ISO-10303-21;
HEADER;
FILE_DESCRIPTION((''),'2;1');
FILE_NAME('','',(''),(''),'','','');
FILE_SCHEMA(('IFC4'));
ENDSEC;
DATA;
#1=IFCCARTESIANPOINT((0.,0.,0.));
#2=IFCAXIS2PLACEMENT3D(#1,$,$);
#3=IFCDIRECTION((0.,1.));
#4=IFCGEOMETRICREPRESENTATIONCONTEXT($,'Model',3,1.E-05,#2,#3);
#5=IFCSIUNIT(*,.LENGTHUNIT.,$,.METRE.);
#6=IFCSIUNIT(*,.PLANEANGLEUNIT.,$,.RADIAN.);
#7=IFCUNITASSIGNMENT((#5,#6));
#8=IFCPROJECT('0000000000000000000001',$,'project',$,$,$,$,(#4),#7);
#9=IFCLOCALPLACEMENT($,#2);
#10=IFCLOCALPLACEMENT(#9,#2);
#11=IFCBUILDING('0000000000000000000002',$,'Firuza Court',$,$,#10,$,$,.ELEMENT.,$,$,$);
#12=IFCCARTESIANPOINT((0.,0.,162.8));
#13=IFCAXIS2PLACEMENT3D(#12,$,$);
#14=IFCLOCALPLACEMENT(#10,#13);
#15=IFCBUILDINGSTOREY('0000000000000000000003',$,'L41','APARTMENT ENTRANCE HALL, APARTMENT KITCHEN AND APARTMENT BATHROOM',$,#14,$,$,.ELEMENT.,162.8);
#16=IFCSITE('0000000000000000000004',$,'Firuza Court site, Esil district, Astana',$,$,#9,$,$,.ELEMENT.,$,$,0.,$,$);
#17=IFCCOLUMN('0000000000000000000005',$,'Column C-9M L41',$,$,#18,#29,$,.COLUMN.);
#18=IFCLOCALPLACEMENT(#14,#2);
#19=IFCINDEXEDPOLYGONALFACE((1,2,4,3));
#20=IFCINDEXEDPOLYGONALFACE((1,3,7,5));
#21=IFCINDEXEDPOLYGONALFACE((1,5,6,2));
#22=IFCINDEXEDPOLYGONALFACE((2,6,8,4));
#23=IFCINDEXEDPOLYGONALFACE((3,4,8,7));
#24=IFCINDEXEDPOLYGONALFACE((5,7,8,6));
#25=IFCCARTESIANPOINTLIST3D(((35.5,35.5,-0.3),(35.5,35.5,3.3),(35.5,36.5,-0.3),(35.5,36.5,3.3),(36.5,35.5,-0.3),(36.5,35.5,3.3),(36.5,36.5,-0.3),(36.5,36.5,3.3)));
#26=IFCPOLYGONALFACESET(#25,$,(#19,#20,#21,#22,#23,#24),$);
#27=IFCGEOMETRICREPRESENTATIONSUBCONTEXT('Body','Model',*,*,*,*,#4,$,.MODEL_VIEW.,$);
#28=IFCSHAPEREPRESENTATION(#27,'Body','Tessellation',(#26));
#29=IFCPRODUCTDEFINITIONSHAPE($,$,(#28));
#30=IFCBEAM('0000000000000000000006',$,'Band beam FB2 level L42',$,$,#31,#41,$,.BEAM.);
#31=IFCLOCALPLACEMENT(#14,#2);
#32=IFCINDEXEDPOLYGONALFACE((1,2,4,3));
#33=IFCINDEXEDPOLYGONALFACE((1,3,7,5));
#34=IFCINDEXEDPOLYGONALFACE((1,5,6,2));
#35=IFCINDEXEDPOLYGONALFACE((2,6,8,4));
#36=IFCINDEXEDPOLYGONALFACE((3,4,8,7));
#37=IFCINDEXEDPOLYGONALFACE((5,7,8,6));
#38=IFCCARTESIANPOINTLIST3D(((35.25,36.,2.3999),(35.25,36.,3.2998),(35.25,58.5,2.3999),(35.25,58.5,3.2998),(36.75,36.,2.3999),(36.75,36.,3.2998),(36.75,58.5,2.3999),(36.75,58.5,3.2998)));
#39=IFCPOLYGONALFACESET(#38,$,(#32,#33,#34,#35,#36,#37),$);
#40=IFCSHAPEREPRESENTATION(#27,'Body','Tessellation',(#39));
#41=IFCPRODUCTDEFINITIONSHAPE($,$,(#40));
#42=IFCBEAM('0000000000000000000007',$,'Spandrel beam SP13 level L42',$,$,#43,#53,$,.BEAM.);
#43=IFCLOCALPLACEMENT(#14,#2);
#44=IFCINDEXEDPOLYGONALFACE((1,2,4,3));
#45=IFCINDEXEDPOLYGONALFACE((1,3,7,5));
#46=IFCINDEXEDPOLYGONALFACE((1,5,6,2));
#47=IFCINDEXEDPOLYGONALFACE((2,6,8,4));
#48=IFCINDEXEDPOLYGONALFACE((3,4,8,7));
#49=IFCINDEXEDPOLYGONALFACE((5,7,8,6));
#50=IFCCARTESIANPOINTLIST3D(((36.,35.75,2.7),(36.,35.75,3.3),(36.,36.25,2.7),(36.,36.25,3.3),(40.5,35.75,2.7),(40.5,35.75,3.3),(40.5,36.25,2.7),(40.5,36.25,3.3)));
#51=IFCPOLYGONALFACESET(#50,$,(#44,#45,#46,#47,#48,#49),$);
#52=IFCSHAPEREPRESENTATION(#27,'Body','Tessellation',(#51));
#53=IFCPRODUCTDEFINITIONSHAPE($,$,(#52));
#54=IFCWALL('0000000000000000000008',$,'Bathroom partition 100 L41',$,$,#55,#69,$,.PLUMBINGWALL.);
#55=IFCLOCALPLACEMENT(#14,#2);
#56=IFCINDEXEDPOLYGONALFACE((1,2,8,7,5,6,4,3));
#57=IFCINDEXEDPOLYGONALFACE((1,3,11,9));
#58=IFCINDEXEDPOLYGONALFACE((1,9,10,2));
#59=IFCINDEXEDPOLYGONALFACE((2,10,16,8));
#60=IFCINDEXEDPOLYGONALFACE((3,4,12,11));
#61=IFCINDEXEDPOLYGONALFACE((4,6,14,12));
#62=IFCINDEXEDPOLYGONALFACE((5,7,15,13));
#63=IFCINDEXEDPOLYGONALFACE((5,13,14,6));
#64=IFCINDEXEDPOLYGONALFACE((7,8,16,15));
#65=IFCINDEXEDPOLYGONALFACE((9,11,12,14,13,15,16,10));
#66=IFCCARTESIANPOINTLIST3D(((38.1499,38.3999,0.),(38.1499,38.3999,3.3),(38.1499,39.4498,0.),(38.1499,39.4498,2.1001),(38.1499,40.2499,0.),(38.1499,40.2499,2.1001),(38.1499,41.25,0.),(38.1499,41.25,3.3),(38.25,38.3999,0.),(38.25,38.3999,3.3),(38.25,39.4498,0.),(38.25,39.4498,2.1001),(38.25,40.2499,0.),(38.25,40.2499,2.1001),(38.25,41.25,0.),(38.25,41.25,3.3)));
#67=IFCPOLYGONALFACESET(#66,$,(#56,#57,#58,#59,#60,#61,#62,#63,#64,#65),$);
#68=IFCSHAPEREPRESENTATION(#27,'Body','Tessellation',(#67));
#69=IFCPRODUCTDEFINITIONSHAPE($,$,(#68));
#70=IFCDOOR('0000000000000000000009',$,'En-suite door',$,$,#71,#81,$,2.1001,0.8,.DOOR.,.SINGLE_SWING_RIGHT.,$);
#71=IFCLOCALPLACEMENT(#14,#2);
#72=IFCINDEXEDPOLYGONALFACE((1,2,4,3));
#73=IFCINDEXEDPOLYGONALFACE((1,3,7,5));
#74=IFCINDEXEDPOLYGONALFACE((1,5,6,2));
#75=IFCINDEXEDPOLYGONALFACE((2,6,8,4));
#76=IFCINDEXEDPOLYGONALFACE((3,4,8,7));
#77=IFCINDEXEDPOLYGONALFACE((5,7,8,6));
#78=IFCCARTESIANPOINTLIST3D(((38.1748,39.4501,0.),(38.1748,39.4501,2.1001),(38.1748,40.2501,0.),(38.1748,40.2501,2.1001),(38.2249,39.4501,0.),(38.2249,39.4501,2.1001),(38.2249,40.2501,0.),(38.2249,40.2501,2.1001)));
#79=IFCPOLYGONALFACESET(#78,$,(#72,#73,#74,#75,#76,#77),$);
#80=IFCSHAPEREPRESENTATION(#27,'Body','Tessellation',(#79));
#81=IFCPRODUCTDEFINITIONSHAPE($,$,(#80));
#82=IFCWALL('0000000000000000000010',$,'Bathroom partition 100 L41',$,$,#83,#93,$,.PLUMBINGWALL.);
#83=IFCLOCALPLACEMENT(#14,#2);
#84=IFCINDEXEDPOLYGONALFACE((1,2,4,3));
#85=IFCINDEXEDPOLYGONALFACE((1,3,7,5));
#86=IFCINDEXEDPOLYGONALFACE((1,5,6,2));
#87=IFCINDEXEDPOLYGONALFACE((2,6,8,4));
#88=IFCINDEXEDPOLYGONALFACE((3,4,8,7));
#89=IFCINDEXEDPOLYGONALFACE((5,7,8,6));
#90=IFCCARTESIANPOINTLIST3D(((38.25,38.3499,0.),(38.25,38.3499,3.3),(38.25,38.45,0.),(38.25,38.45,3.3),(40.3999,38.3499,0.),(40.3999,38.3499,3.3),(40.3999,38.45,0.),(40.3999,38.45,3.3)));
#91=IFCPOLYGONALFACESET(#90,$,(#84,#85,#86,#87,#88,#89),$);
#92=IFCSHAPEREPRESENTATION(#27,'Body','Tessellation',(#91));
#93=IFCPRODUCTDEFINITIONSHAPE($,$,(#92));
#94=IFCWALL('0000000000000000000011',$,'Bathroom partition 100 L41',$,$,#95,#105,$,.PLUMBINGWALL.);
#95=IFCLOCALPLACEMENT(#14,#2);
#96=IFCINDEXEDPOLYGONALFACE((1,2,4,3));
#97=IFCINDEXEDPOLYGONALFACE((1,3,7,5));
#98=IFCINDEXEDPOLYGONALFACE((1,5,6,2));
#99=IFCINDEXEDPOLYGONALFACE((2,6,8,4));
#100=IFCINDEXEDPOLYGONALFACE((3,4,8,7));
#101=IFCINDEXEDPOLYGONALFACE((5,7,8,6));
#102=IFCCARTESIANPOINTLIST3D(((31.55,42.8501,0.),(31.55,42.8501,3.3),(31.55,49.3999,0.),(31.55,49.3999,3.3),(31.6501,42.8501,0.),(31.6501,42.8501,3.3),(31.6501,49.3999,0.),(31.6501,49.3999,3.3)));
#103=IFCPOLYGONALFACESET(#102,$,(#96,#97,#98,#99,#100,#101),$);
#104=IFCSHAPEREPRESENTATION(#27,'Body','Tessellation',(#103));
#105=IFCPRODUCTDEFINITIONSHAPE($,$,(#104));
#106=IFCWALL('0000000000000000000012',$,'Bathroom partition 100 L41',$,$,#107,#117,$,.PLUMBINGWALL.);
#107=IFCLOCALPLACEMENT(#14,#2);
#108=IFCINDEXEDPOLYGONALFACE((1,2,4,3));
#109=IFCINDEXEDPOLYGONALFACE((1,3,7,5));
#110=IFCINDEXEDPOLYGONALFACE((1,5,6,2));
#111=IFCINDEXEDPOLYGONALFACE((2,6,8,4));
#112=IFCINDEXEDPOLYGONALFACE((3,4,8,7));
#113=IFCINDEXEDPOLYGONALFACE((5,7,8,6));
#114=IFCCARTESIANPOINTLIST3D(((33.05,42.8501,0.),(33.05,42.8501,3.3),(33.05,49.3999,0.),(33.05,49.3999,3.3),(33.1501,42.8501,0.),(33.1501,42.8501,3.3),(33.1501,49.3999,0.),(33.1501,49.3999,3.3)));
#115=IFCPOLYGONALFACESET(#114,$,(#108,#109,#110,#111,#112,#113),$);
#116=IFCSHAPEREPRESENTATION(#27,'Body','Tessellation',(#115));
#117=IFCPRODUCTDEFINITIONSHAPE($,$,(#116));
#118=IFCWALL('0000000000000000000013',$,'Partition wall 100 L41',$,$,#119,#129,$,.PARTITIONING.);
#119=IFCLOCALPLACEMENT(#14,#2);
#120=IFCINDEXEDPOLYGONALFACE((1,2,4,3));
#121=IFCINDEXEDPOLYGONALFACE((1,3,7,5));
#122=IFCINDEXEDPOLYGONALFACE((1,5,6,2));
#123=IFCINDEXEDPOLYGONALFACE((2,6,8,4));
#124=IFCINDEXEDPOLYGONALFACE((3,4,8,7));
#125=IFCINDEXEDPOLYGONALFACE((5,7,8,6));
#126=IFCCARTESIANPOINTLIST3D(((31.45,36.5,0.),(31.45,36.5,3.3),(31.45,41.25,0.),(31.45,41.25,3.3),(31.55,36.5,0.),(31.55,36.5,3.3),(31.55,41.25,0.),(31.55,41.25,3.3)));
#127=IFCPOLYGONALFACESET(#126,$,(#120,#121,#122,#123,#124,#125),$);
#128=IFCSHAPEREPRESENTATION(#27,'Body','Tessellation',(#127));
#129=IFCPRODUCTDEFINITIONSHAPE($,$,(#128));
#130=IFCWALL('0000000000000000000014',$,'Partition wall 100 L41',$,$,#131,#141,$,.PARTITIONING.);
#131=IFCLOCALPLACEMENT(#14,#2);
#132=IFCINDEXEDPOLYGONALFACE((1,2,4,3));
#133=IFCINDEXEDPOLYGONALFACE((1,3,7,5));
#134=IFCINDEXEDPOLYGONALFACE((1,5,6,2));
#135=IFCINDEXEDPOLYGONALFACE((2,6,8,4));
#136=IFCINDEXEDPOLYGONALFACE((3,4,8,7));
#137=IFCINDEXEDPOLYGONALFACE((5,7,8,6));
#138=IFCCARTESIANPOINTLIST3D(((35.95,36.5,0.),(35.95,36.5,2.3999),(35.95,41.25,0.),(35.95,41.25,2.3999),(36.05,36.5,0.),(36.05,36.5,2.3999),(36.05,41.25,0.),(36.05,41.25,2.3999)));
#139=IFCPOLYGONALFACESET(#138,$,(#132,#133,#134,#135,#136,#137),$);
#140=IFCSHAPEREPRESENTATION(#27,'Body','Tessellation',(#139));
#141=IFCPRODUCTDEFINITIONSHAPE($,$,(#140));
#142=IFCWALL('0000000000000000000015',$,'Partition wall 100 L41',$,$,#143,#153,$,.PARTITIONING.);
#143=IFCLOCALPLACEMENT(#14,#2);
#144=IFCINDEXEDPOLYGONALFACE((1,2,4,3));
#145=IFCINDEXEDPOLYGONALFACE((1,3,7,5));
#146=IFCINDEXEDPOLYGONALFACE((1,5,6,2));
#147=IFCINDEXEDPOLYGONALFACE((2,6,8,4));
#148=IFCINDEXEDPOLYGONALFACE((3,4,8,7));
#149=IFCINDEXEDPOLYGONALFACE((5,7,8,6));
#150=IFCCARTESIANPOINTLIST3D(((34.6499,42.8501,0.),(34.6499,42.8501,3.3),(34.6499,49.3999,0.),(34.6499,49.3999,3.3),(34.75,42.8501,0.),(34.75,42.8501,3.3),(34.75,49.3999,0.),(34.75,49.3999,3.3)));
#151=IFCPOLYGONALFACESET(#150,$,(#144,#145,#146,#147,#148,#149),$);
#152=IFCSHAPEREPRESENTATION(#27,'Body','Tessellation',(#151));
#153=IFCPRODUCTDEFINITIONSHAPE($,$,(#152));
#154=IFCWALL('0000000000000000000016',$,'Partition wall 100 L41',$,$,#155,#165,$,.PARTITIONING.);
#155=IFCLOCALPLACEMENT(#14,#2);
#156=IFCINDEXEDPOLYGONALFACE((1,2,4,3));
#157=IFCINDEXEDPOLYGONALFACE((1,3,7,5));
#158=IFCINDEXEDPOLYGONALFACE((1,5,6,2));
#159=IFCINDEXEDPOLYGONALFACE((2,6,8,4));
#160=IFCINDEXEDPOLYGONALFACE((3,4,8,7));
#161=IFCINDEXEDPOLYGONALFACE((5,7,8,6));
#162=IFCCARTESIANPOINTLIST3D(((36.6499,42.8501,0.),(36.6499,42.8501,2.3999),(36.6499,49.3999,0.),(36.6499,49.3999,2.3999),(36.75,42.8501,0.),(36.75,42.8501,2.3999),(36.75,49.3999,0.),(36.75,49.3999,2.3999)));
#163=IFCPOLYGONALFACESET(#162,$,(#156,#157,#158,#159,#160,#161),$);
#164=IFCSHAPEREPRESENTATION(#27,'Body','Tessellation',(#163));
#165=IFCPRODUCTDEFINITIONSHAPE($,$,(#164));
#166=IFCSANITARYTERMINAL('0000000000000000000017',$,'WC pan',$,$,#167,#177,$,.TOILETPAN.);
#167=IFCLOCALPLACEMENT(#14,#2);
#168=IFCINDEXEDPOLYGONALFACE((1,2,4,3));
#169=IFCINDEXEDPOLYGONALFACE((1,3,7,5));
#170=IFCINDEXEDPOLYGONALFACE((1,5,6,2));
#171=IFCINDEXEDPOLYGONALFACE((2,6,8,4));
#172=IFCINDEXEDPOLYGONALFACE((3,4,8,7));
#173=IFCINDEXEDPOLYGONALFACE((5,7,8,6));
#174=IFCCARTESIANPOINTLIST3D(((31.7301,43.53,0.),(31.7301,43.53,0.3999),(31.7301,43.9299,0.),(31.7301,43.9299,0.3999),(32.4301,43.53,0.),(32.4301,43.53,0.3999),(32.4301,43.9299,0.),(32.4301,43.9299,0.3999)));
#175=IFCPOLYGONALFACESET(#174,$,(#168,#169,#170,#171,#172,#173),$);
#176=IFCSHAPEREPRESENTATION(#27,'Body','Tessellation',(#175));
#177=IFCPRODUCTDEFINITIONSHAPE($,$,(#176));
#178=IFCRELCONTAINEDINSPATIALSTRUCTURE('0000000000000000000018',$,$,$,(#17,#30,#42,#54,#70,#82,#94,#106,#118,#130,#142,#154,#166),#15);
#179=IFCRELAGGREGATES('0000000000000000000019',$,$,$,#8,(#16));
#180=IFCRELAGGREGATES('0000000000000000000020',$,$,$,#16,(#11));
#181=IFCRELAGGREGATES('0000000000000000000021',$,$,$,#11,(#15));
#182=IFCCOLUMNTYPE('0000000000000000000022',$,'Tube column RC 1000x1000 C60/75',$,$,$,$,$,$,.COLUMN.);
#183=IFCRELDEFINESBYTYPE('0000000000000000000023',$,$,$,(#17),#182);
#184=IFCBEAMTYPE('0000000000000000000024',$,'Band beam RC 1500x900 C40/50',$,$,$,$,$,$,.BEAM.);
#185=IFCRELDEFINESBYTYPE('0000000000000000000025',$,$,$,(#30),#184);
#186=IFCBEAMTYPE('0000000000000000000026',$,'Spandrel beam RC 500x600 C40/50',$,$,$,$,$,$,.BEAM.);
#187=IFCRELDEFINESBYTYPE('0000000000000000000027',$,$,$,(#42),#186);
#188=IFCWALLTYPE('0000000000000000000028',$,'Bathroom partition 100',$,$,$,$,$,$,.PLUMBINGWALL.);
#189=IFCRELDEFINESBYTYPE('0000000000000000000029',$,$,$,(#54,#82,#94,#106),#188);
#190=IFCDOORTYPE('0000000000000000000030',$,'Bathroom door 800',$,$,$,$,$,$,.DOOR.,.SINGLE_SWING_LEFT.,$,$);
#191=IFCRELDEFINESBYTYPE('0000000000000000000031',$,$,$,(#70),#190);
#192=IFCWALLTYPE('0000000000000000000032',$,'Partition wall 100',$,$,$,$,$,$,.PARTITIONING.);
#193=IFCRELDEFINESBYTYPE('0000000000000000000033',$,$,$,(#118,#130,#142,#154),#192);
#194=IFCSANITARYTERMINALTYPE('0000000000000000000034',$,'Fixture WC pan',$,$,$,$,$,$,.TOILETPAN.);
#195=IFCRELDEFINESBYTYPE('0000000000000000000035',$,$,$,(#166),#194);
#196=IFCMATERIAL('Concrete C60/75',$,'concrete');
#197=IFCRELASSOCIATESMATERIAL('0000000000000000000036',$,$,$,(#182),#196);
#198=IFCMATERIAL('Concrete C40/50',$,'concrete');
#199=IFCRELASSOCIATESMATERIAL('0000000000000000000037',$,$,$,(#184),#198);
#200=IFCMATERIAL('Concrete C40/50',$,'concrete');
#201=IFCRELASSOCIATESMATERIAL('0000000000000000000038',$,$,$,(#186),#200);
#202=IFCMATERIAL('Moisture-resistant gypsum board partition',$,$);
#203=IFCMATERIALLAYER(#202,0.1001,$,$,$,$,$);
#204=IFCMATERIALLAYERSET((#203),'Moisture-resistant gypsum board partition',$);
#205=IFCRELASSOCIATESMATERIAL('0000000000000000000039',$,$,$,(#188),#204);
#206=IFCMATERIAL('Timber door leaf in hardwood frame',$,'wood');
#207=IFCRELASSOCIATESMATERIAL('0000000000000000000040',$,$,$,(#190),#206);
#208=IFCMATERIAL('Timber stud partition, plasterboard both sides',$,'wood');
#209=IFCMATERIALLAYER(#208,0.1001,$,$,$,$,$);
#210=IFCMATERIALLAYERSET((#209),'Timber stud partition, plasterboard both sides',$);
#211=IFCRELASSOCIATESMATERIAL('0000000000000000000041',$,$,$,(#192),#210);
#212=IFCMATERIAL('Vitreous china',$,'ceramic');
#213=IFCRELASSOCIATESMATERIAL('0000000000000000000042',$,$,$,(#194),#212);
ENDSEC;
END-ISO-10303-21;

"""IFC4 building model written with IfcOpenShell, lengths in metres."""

from ifc_helpers import new_model, si_unit, direction, frame, frame_2d, origin, origin_2d, place, context, subcontext, project, spatial, rectangle, extrude, material, layer, layer_set, material_profile, profile_set, type_object, element, fill, save


model = new_model("IFC4")

# Units and contexts
model_context = context("Model", 3, precision=1e-05, world=origin(), true_north=direction((0.0, 1.0)))
body_context = subcontext(model_context, "Body", "Model", "MODEL_VIEW")
ifc_project = project(units=[si_unit("LENGTHUNIT", "METRE"), si_unit("PLANEANGLEUNIT", "RADIAN")], contexts=[model_context])

# Site, building, storey
site_placement = place(None, origin())
site = spatial("IfcSite", under=ifc_project, at=site_placement, Name="Firuza Court site, Esil district, Astana", CompositionType="ELEMENT", RefElevation=0.0)
building_placement = place(site_placement, origin())
building = spatial("IfcBuilding", under=site, at=building_placement, Name="Firuza Court", CompositionType="ELEMENT")
storey_placement = place(building_placement, frame((0.0, 0.0, 162.8)))
storey = spatial("IfcBuildingStorey", under=building, at=storey_placement, Name="L41", Description="APARTMENT ENTRANCE HALL, APARTMENT KITCHEN AND APARTMENT BATHROOM", CompositionType="ELEMENT", Elevation=162.8)

# Column
ifc_material_1 = material(Name="Concrete C60/75", Category="concrete")
ifc_material_profile_1 = material_profile(ifc_material_1, rectangle(XDim=1.0, YDim=1.0, at=origin_2d()), Name="RC 1000x1000")
ifc_profile_set_1 = profile_set([ifc_material_profile_1], Name="Concrete C60/75")
column_type = type_object("IfcColumnType", Name="Tube column RC 1000x1000 C60/75", PredefinedType="COLUMN", material=ifc_profile_set_1)
column_placement = place(storey_placement, frame((36.0, 36.0, -0.3), z_axis=(0.0, 0.0, 1.0), x_axis=(1.0, 0.0, 0.0)))
element("IfcColumn", 1, at=column_placement, inside=storey, type_object=column_type, Name="Column C-9M L41", PredefinedType="COLUMN", context=body_context, shape_type="SweptSolid", body=[
    extrude(rectangle(XDim=1.0, YDim=1.0, at=origin_2d()), origin(), (0.0, 0.0, 1.0), 3.6001),
])

# Beams
ifc_material_2 = material(Name="Concrete C40/50", Category="concrete")
ifc_material_profile_2 = material_profile(ifc_material_2, rectangle(XDim=1.5, YDim=0.8999, at=origin_2d()), Name="RC 1500x900")
ifc_profile_set_2 = profile_set([ifc_material_profile_2], Name="Concrete C40/50")
beam_type_1 = type_object("IfcBeamType", Name="Band beam RC 1500x900 C40/50", PredefinedType="BEAM", material=ifc_profile_set_2)
beam_1_placement = place(storey_placement, frame((36.0, 36.0, 2.8499), z_axis=(0.0, 1.0, 0.0), x_axis=(-1.0, 0.0, 0.0)))
element("IfcBeam", 2, at=beam_1_placement, inside=storey, type_object=beam_type_1, Name="Band beam FB2 level L42", PredefinedType="BEAM", context=body_context, shape_type="SweptSolid", body=[
    extrude(rectangle(XDim=1.5, YDim=0.8999, at=origin_2d()), origin(), (0.0, 0.0, 1.0), 22.5),
])
ifc_material_3 = material(Name="Concrete C40/50", Category="concrete")
ifc_material_profile_3 = material_profile(ifc_material_3, rectangle(XDim=0.5, YDim=0.6001, at=origin_2d()), Name="RC 500x600")
ifc_profile_set_3 = profile_set([ifc_material_profile_3], Name="Concrete C40/50")
beam_type_2 = type_object("IfcBeamType", Name="Spandrel beam RC 500x600 C40/50", PredefinedType="BEAM", material=ifc_profile_set_3)
beam_2_placement = place(storey_placement, frame((36.0, 36.0, 3.0), z_axis=(1.0, 0.0, 0.0), x_axis=(0.0, 1.0, 0.0)))
element("IfcBeam", 3, at=beam_2_placement, inside=storey, type_object=beam_type_2, Name="Spandrel beam SP13 level L42", PredefinedType="BEAM", context=body_context, shape_type="SweptSolid", body=[
    extrude(rectangle(XDim=0.5, YDim=0.6001, at=origin_2d()), origin(), (0.0, 0.0, 1.0), 4.5),
])

# Wall, opening, door
ifc_material_4 = material(Name="Moisture-resistant gypsum board partition")
ifc_layer_1 = layer(ifc_material_4, 0.1001)
ifc_layer_set_1 = layer_set([ifc_layer_1], Name="Moisture-resistant gypsum board partition")
wall_type_1 = type_object("IfcWallType", Name="Bathroom partition 100", PredefinedType="PLUMBINGWALL", material=ifc_layer_set_1)
wall_1_placement = place(storey_placement, frame((38.2, 38.3999, 0.0), z_axis=(0.0, 0.0, 1.0), x_axis=(0.0, 1.0, 0.0)))
wall_1 = element("IfcWall", 4, at=wall_1_placement, inside=storey, type_object=wall_type_1, Name="Bathroom partition 100 L41", PredefinedType="PLUMBINGWALL", context=body_context, shape_type="SweptSolid", body=[
    extrude(rectangle(XDim=2.8501, YDim=0.1001, at=frame_2d((1.425, 0.0))), origin(), (0.0, 0.0, 1.0), 3.3),
])
opening_placement = place(wall_1_placement, frame((1.05, 0.0, 0.0)))
opening = element("IfcOpeningElement", 5, at=opening_placement, cuts=wall_1, PredefinedType="OPENING", context=body_context, shape_type="SweptSolid", body=[
    extrude(rectangle(XDim=0.8, YDim=2.1001, at=frame_2d((0.3999, 1.05))), frame((0.0, 0.062, 0.0), z_axis=(0.0, -1.0, 0.0), x_axis=(1.0, 0.0, 0.0)), (0.0, 0.0, 1.0), 0.124),
])
ifc_material_5 = material(Name="Timber door leaf in hardwood frame", Category="wood")
door_type = type_object("IfcDoorType", Name="Bathroom door 800", OperationType="SINGLE_SWING_LEFT", PredefinedType="DOOR", material=ifc_material_5)
door_placement = place(opening_placement, frame((0.8, 0.0, 0.0), z_axis=(0.0, 0.0, 1.0), x_axis=(-1.0, 0.0, 0.0)))
door = element("IfcDoor", 6, at=door_placement, inside=storey, type_object=door_type, Name="En-suite door", OperationType="SINGLE_SWING_RIGHT", OverallHeight=2.1001, OverallWidth=0.8, PredefinedType="DOOR", context=body_context, shape_type="SweptSolid", body=[
    extrude(rectangle(XDim=0.8, YDim=2.1001, at=frame_2d((0.3999, 1.05))), frame((0.0, 0.0249, 0.0), z_axis=(0.0, -1.0, 0.0), x_axis=(1.0, 0.0, 0.0)), (0.0, 0.0, 1.0), 0.05),
])
fill(opening, door)

# Walls
wall_2_placement = place(storey_placement, frame((38.25, 38.3999, 0.0), z_axis=(0.0, 0.0, 1.0), x_axis=(1.0, 0.0, 0.0)))
element("IfcWall", 7, at=wall_2_placement, inside=storey, type_object=wall_type_1, Name="Bathroom partition 100 L41", PredefinedType="PLUMBINGWALL", context=body_context, shape_type="SweptSolid", body=[
    extrude(rectangle(XDim=2.1499, YDim=0.1001, at=frame_2d((1.075, 0.0))), origin(), (0.0, 0.0, 1.0), 3.3),
])
for number, where, z_axis, x_axis, name in (
    (8, (31.6001, 42.8501, 0.0), (0.0, 0.0, 1.0), (0.0, 1.0, 0.0), "Bathroom partition 100 L41"),
    (9, (33.1001, 42.8501, 0.0), (0.0, 0.0, 1.0), (0.0, 1.0, 0.0), "Bathroom partition 100 L41"),
):
    element("IfcWall", number, at=place(storey_placement, frame(where, z_axis=z_axis, x_axis=x_axis)), inside=storey, type_object=wall_type_1, Name=name, PredefinedType="PLUMBINGWALL", context=body_context, shape_type="SweptSolid", body=[
        extrude(rectangle(XDim=6.5498, YDim=0.1001, at=frame_2d((3.2749, 0.0))), origin(), (0.0, 0.0, 1.0), 3.3),
    ])
ifc_material_6 = material(Name="Timber stud partition, plasterboard both sides", Category="wood")
ifc_layer_2 = layer(ifc_material_6, 0.1001)
ifc_layer_set_2 = layer_set([ifc_layer_2], Name="Timber stud partition, plasterboard both sides")
wall_type_2 = type_object("IfcWallType", Name="Partition wall 100", PredefinedType="PARTITIONING", material=ifc_layer_set_2)
wall_3_placement = place(storey_placement, frame((31.5, 36.5, 0.0), z_axis=(0.0, 0.0, 1.0), x_axis=(0.0, 1.0, 0.0)))
element("IfcWall", 10, at=wall_3_placement, inside=storey, type_object=wall_type_2, Name="Partition wall 100 L41", PredefinedType="PARTITIONING", context=body_context, shape_type="SweptSolid", body=[
    extrude(rectangle(XDim=4.75, YDim=0.1001, at=frame_2d((2.375, 0.0))), origin(), (0.0, 0.0, 1.0), 3.3),
])
wall_4_placement = place(storey_placement, frame((36.0, 36.5, 0.0), z_axis=(0.0, 0.0, 1.0), x_axis=(0.0, 1.0, 0.0)))
element("IfcWall", 11, at=wall_4_placement, inside=storey, type_object=wall_type_2, Name="Partition wall 100 L41", PredefinedType="PARTITIONING", context=body_context, shape_type="SweptSolid", body=[
    extrude(rectangle(XDim=4.75, YDim=0.1001, at=frame_2d((2.375, 0.0))), origin(), (0.0, 0.0, 1.0), 2.3999),
])
wall_5_placement = place(storey_placement, frame((34.7, 42.8501, 0.0), z_axis=(0.0, 0.0, 1.0), x_axis=(0.0, 1.0, 0.0)))
element("IfcWall", 12, at=wall_5_placement, inside=storey, type_object=wall_type_2, Name="Partition wall 100 L41", PredefinedType="PARTITIONING", context=body_context, shape_type="SweptSolid", body=[
    extrude(rectangle(XDim=6.5498, YDim=0.1001, at=frame_2d((3.2749, 0.0))), origin(), (0.0, 0.0, 1.0), 3.3),
])
wall_6_placement = place(storey_placement, frame((36.7, 42.8501, 0.0), z_axis=(0.0, 0.0, 1.0), x_axis=(0.0, 1.0, 0.0)))
element("IfcWall", 13, at=wall_6_placement, inside=storey, type_object=wall_type_2, Name="Partition wall 100 L41", PredefinedType="PARTITIONING", context=body_context, shape_type="SweptSolid", body=[
    extrude(rectangle(XDim=6.5498, YDim=0.1001, at=frame_2d((3.2749, 0.0))), origin(), (0.0, 0.0, 1.0), 2.3999),
])

# Sanitary terminal
ifc_material_7 = material(Name="Vitreous china", Category="ceramic")
sanitary_terminal_type_1 = type_object("IfcSanitaryTerminalType", Name="Fixture WC pan", PredefinedType="TOILETPAN", material=ifc_material_7)
sanitary_terminal_1_placement = place(storey_placement, frame((32.0801, 43.73, 0.0), z_axis=(0.0, 0.0, 1.0), x_axis=(1.0, 0.0, 0.0)))
element("IfcSanitaryTerminal", 14, at=sanitary_terminal_1_placement, inside=storey, type_object=sanitary_terminal_type_1, Name="WC pan", PredefinedType="TOILETPAN", context=body_context, shape_type="SweptSolid", body=[
    extrude(rectangle(XDim=0.7, YDim=0.3999, at=origin_2d()), origin(), (0.0, 0.0, 1.0), 0.3999),
])

save(model, "model.ifc")
